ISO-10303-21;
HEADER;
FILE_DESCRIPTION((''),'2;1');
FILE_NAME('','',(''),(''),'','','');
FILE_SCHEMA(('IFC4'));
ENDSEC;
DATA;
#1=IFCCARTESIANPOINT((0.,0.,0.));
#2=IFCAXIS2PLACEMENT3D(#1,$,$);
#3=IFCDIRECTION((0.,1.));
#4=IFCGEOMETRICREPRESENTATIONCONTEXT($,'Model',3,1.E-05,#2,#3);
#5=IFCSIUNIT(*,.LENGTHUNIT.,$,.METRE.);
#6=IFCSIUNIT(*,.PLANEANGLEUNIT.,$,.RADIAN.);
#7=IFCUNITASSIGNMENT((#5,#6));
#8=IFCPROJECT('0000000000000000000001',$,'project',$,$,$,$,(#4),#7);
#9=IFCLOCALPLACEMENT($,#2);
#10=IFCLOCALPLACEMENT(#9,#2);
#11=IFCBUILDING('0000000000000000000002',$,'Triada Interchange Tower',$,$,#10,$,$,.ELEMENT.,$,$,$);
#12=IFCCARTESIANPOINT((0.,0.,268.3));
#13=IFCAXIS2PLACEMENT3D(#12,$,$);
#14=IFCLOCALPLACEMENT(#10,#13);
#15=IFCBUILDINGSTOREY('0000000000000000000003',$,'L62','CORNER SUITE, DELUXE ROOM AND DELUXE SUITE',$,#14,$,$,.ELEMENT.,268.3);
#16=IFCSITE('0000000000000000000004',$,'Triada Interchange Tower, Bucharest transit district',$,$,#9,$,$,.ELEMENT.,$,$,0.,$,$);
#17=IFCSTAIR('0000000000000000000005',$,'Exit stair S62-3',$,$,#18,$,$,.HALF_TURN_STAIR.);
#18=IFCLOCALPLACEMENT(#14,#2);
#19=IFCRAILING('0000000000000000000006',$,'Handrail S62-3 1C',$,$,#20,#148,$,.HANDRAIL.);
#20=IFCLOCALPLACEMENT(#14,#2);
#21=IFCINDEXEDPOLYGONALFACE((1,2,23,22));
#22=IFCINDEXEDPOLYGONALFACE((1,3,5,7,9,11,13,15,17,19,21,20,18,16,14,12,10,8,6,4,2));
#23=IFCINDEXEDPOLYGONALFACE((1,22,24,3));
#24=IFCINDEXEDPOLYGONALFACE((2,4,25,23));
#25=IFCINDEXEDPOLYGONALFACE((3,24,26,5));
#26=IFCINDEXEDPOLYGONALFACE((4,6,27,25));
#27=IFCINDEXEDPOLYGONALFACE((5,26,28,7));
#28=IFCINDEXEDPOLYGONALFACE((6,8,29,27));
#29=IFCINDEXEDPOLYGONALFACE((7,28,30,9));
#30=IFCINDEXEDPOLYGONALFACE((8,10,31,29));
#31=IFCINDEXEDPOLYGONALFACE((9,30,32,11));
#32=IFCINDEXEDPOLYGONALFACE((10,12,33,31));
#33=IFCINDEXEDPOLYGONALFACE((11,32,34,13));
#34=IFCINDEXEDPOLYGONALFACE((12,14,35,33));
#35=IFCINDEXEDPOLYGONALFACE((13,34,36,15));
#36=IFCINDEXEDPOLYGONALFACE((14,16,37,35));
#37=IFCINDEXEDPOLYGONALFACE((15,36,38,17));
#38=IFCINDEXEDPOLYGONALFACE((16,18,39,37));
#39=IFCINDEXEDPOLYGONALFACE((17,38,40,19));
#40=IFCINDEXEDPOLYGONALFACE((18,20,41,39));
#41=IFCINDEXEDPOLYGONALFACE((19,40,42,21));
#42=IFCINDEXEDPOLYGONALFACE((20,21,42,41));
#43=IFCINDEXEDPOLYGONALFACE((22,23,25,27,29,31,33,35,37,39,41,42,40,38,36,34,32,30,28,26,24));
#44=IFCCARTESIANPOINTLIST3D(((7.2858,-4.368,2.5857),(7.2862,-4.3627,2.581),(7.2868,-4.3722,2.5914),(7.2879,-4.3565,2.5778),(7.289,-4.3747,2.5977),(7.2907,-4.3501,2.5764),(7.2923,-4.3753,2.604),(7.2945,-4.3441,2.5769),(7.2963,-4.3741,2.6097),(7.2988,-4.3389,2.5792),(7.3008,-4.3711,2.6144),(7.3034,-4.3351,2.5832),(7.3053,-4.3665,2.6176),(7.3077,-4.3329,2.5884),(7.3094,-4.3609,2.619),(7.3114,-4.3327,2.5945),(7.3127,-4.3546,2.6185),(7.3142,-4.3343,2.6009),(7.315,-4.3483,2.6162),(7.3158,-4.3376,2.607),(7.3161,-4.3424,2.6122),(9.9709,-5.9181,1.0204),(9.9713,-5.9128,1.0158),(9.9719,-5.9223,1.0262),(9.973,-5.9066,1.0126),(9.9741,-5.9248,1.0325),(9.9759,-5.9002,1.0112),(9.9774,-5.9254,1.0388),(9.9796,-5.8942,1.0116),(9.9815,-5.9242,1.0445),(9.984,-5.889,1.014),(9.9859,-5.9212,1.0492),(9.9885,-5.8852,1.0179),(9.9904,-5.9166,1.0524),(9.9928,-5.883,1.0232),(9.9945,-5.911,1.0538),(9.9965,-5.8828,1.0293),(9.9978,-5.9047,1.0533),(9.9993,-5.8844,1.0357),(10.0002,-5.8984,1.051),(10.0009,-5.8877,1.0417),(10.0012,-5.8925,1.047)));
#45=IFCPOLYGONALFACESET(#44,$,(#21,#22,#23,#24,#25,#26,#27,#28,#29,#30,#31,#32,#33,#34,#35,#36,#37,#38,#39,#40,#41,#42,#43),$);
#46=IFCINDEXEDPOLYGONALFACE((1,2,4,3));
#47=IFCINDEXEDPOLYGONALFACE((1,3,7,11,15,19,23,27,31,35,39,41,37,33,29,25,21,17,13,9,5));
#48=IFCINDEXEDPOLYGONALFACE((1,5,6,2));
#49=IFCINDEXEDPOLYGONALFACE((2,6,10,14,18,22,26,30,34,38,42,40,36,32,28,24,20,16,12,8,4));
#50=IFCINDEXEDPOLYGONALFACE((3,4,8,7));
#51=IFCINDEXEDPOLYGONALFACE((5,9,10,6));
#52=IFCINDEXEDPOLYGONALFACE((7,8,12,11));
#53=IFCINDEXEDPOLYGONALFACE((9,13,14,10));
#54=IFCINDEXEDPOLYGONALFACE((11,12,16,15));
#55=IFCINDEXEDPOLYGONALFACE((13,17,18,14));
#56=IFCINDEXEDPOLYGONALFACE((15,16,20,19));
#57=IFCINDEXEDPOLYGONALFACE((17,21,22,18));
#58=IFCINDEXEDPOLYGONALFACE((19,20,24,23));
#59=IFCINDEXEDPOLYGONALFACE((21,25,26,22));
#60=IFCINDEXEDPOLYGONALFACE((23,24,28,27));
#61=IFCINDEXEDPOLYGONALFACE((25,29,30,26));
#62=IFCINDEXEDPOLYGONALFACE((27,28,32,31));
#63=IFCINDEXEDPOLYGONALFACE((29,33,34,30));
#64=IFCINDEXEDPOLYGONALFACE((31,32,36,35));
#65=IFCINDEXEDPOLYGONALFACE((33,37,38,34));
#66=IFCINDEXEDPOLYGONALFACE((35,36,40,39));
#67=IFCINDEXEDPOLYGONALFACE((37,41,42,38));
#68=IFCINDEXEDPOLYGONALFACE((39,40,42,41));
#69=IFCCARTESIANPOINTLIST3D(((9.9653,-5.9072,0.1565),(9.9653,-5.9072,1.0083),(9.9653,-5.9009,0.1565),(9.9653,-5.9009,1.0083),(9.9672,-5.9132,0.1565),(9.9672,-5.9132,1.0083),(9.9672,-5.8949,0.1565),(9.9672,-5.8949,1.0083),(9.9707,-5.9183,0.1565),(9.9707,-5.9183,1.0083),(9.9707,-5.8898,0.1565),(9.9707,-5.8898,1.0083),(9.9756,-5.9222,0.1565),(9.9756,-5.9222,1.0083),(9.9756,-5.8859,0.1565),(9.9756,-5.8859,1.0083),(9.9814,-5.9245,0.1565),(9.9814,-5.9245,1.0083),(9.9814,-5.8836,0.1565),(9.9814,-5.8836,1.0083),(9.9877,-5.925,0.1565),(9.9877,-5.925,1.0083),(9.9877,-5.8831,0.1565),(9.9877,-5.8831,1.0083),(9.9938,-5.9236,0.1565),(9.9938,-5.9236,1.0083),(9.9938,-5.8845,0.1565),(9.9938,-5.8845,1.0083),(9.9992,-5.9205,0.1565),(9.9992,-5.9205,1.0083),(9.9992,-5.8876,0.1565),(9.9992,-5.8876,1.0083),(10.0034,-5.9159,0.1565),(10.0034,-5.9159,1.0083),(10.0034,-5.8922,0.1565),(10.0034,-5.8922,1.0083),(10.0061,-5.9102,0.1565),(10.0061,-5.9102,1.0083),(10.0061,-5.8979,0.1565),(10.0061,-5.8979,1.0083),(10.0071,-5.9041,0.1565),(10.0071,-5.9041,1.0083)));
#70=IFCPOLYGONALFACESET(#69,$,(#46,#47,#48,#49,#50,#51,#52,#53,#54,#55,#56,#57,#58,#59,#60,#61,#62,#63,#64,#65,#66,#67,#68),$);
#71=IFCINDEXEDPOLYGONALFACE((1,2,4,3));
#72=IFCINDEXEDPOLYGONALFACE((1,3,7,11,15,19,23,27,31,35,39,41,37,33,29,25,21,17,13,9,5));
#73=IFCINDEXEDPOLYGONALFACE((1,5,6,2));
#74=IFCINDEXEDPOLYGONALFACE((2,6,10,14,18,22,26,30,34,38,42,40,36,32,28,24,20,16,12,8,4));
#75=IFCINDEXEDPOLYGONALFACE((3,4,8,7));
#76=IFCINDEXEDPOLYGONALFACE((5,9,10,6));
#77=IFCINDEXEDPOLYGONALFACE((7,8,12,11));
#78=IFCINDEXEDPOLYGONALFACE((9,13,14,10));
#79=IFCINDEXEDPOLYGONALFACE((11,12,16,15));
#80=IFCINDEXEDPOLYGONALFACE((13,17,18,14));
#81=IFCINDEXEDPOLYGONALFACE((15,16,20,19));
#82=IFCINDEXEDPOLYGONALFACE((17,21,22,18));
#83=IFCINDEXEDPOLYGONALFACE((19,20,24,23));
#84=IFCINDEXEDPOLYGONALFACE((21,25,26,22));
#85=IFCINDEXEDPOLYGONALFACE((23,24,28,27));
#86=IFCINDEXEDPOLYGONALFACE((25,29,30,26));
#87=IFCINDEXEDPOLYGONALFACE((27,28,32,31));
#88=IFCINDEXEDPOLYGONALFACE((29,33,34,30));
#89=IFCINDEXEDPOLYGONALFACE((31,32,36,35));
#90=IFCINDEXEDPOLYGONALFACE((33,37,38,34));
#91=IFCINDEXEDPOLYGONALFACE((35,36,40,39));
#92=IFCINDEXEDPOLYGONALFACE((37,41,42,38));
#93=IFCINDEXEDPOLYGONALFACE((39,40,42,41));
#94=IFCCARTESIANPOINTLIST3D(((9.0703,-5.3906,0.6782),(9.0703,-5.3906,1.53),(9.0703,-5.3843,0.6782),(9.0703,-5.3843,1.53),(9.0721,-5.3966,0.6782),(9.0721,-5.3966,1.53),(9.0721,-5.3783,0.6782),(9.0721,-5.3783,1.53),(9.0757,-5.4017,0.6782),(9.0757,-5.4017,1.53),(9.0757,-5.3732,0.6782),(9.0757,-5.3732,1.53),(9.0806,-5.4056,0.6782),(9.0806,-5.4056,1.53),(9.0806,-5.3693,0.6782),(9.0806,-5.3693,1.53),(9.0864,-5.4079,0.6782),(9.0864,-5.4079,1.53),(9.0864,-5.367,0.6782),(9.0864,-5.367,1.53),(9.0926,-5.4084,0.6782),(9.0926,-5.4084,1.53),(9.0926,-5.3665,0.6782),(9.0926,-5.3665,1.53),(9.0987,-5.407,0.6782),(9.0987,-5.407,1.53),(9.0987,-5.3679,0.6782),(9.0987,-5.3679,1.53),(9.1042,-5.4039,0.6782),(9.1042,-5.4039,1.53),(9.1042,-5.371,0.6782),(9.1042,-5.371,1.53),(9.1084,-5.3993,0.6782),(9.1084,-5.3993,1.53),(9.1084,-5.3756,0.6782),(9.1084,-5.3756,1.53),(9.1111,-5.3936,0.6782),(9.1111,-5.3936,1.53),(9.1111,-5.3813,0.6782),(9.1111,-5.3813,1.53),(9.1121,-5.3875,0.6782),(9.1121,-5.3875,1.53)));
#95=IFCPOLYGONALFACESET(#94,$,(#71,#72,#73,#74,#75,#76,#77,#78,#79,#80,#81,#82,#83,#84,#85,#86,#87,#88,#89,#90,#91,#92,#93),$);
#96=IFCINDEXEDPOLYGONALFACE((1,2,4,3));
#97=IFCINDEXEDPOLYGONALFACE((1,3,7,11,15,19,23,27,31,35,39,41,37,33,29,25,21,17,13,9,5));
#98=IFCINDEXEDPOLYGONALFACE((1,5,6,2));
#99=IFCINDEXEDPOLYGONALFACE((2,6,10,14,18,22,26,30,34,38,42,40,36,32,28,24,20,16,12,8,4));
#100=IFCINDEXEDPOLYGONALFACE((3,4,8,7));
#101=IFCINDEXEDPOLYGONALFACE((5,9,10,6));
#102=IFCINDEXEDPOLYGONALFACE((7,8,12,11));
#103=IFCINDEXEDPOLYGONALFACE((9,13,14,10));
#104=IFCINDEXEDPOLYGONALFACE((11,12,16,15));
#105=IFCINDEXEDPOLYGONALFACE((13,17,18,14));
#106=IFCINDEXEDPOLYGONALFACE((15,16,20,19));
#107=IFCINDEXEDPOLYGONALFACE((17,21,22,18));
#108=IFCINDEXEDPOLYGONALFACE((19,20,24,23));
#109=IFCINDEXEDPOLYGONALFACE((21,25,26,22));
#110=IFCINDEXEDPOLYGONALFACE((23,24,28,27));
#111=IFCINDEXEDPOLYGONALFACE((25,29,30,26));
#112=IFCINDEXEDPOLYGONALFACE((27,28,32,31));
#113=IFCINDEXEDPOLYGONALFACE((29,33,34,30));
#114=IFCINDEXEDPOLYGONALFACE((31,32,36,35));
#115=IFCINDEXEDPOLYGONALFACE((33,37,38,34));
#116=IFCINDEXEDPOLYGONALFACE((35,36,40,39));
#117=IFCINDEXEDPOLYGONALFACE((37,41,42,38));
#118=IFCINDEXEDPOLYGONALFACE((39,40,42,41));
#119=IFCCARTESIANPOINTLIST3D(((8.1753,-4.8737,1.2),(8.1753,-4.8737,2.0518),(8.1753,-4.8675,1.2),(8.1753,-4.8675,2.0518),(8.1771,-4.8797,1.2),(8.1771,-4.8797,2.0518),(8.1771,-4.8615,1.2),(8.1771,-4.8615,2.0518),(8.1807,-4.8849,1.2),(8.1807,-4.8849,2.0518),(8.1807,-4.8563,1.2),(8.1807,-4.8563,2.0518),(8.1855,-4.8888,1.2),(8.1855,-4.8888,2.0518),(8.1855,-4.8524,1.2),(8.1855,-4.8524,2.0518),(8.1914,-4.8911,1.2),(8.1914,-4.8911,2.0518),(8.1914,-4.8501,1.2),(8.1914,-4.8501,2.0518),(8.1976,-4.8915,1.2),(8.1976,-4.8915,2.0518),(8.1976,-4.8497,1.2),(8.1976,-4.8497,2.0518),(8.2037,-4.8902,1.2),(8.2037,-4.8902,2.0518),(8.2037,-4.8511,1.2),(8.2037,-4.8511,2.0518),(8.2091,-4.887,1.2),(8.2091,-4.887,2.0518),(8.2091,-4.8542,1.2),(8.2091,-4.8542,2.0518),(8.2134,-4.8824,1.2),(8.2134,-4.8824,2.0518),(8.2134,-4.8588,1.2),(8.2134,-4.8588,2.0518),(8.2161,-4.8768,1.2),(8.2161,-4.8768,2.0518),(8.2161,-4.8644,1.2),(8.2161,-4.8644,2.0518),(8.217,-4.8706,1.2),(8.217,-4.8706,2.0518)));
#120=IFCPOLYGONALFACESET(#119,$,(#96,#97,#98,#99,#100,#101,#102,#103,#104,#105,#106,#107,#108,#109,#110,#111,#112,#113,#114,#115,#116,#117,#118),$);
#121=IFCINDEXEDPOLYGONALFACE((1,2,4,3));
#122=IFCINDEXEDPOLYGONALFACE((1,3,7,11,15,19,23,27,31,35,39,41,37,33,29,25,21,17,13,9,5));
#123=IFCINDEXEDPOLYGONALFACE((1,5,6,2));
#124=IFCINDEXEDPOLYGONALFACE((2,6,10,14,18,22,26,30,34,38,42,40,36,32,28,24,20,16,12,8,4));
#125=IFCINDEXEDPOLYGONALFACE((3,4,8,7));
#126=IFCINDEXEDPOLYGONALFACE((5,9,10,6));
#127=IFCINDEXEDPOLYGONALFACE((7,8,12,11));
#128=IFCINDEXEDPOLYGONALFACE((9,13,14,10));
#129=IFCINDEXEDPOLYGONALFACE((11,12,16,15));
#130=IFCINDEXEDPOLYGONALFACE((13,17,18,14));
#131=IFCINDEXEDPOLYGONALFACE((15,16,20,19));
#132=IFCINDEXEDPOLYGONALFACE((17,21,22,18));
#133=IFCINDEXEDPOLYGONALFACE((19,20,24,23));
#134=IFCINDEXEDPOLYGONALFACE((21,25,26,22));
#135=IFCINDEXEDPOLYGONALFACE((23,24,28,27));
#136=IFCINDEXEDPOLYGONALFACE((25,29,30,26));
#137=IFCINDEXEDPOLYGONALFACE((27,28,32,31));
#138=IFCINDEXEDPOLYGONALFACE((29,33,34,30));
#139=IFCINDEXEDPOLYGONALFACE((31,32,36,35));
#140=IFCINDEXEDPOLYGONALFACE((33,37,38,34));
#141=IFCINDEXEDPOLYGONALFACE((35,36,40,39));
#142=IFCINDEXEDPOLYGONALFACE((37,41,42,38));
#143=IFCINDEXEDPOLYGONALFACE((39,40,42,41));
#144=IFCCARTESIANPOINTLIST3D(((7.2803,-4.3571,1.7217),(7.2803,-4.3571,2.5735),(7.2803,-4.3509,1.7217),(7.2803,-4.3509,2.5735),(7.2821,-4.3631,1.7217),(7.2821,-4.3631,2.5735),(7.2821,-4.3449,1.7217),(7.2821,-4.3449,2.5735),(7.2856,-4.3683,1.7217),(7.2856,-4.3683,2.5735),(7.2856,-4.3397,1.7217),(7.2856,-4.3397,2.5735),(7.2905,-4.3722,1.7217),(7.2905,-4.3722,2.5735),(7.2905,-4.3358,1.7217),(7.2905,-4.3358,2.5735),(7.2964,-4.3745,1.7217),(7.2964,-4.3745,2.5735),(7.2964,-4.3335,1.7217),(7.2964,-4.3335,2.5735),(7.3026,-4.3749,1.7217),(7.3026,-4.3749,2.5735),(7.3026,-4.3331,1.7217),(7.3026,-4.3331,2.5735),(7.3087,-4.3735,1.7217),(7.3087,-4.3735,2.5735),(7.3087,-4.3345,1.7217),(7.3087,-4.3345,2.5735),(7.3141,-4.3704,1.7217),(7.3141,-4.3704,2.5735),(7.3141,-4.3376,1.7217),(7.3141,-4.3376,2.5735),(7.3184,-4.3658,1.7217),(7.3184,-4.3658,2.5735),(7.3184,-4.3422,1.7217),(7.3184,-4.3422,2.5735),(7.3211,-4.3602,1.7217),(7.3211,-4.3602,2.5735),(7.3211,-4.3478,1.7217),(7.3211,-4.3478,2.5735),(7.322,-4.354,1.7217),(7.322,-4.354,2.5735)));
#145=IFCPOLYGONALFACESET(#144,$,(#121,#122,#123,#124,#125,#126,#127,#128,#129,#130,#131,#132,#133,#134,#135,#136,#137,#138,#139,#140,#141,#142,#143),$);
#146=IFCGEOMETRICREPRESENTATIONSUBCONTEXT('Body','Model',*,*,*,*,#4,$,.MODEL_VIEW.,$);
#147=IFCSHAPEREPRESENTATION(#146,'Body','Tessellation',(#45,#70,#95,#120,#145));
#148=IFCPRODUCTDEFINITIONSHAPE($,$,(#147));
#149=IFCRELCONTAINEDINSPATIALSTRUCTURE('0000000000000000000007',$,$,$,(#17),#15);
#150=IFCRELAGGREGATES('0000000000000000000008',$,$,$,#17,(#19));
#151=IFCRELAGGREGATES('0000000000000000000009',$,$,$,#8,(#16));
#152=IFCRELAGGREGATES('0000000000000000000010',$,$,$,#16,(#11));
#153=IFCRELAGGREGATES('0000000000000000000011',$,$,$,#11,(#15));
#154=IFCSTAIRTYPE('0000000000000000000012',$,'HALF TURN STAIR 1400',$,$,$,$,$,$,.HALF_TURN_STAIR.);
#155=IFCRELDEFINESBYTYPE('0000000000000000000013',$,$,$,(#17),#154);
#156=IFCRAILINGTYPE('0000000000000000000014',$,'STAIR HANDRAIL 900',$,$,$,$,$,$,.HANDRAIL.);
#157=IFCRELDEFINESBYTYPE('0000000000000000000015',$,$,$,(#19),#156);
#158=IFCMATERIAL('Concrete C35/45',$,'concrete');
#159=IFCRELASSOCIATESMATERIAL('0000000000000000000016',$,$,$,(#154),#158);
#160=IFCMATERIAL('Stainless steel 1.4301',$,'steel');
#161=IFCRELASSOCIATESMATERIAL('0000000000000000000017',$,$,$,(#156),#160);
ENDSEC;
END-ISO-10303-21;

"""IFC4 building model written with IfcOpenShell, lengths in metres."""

from ifc_helpers import new_model, si_unit, direction, frame, origin, origin_2d, place, context, subcontext, project, spatial, circle, extrude, material, type_object, element, aggregate, save


model = new_model("IFC4")

# Units and contexts
model_context = context("Model", 3, precision=1e-05, world=origin(), true_north=direction((0.0, 1.0)))
body_context = subcontext(model_context, "Body", "Model", "MODEL_VIEW")
ifc_project = project(units=[si_unit("LENGTHUNIT", "METRE"), si_unit("PLANEANGLEUNIT", "RADIAN")], contexts=[model_context])

# Site, building, storey
site_placement = place(None, origin())
site = spatial("IfcSite", under=ifc_project, at=site_placement, Name="Triada Interchange Tower, Bucharest transit district", CompositionType="ELEMENT", RefElevation=0.0)
building_placement = place(site_placement, origin())
building = spatial("IfcBuilding", under=site, at=building_placement, Name="Triada Interchange Tower", CompositionType="ELEMENT")
storey_placement = place(building_placement, frame((0.0, 0.0, 268.3)))
storey = spatial("IfcBuildingStorey", under=building, at=storey_placement, Name="L62", Description="CORNER SUITE, DELUXE ROOM AND DELUXE SUITE", CompositionType="ELEMENT", Elevation=268.3)

# Stair, railing
ifc_material_1 = material(Name="Concrete C35/45", Category="concrete")
stair_type = type_object("IfcStairType", Name="HALF TURN STAIR 1400", PredefinedType="HALF_TURN_STAIR", material=ifc_material_1)
stair_placement = place(storey_placement, origin())
stair = element("IfcStair", 1, at=stair_placement, inside=storey, type_object=stair_type, Name="Exit stair S62-3", PredefinedType="HALF_TURN_STAIR")
ifc_material_2 = material(Name="Stainless steel 1.4301", Category="steel")
railing_type = type_object("IfcRailingType", Name="STAIR HANDRAIL 900", PredefinedType="HANDRAIL", material=ifc_material_2)
railing_1_placement = place(storey_placement, frame((9.9861, -5.9041, 0.1565)))
railing_1 = element("IfcRailing", 2, at=railing_1_placement, type_object=railing_type, Name="Handrail S62-3 1C", PredefinedType="HANDRAIL", context=body_context, shape_type="SweptSolid", body=[
    extrude(circle(Radius=0.0239, at=origin_2d()), frame((0.0, 0.0, 0.876), z_axis=(-0.773115, 0.446309, 0.450667), x_axis=(-0.499959, -0.866049, 0.0)), (0.0, 0.0, 1.0), 3.4731),
    extrude(circle(Radius=0.021, at=origin_2d()), origin(), (0.0, 0.0, 1.0), 0.8518),
    extrude(circle(Radius=0.021, at=origin_2d()), frame((-0.895, 0.5166, 0.5217)), (0.0, 0.0, 1.0), 0.8518),
    extrude(circle(Radius=0.021, at=origin_2d()), frame((-1.79, 1.0334, 1.0435)), (0.0, 0.0, 1.0), 0.8518),
    extrude(circle(Radius=0.021, at=origin_2d()), frame((-2.6851, 1.55, 1.5652)), (0.0, 0.0, 1.0), 0.8518),
])
aggregate(stair, [railing_1])

save(model, "model.ifc")
